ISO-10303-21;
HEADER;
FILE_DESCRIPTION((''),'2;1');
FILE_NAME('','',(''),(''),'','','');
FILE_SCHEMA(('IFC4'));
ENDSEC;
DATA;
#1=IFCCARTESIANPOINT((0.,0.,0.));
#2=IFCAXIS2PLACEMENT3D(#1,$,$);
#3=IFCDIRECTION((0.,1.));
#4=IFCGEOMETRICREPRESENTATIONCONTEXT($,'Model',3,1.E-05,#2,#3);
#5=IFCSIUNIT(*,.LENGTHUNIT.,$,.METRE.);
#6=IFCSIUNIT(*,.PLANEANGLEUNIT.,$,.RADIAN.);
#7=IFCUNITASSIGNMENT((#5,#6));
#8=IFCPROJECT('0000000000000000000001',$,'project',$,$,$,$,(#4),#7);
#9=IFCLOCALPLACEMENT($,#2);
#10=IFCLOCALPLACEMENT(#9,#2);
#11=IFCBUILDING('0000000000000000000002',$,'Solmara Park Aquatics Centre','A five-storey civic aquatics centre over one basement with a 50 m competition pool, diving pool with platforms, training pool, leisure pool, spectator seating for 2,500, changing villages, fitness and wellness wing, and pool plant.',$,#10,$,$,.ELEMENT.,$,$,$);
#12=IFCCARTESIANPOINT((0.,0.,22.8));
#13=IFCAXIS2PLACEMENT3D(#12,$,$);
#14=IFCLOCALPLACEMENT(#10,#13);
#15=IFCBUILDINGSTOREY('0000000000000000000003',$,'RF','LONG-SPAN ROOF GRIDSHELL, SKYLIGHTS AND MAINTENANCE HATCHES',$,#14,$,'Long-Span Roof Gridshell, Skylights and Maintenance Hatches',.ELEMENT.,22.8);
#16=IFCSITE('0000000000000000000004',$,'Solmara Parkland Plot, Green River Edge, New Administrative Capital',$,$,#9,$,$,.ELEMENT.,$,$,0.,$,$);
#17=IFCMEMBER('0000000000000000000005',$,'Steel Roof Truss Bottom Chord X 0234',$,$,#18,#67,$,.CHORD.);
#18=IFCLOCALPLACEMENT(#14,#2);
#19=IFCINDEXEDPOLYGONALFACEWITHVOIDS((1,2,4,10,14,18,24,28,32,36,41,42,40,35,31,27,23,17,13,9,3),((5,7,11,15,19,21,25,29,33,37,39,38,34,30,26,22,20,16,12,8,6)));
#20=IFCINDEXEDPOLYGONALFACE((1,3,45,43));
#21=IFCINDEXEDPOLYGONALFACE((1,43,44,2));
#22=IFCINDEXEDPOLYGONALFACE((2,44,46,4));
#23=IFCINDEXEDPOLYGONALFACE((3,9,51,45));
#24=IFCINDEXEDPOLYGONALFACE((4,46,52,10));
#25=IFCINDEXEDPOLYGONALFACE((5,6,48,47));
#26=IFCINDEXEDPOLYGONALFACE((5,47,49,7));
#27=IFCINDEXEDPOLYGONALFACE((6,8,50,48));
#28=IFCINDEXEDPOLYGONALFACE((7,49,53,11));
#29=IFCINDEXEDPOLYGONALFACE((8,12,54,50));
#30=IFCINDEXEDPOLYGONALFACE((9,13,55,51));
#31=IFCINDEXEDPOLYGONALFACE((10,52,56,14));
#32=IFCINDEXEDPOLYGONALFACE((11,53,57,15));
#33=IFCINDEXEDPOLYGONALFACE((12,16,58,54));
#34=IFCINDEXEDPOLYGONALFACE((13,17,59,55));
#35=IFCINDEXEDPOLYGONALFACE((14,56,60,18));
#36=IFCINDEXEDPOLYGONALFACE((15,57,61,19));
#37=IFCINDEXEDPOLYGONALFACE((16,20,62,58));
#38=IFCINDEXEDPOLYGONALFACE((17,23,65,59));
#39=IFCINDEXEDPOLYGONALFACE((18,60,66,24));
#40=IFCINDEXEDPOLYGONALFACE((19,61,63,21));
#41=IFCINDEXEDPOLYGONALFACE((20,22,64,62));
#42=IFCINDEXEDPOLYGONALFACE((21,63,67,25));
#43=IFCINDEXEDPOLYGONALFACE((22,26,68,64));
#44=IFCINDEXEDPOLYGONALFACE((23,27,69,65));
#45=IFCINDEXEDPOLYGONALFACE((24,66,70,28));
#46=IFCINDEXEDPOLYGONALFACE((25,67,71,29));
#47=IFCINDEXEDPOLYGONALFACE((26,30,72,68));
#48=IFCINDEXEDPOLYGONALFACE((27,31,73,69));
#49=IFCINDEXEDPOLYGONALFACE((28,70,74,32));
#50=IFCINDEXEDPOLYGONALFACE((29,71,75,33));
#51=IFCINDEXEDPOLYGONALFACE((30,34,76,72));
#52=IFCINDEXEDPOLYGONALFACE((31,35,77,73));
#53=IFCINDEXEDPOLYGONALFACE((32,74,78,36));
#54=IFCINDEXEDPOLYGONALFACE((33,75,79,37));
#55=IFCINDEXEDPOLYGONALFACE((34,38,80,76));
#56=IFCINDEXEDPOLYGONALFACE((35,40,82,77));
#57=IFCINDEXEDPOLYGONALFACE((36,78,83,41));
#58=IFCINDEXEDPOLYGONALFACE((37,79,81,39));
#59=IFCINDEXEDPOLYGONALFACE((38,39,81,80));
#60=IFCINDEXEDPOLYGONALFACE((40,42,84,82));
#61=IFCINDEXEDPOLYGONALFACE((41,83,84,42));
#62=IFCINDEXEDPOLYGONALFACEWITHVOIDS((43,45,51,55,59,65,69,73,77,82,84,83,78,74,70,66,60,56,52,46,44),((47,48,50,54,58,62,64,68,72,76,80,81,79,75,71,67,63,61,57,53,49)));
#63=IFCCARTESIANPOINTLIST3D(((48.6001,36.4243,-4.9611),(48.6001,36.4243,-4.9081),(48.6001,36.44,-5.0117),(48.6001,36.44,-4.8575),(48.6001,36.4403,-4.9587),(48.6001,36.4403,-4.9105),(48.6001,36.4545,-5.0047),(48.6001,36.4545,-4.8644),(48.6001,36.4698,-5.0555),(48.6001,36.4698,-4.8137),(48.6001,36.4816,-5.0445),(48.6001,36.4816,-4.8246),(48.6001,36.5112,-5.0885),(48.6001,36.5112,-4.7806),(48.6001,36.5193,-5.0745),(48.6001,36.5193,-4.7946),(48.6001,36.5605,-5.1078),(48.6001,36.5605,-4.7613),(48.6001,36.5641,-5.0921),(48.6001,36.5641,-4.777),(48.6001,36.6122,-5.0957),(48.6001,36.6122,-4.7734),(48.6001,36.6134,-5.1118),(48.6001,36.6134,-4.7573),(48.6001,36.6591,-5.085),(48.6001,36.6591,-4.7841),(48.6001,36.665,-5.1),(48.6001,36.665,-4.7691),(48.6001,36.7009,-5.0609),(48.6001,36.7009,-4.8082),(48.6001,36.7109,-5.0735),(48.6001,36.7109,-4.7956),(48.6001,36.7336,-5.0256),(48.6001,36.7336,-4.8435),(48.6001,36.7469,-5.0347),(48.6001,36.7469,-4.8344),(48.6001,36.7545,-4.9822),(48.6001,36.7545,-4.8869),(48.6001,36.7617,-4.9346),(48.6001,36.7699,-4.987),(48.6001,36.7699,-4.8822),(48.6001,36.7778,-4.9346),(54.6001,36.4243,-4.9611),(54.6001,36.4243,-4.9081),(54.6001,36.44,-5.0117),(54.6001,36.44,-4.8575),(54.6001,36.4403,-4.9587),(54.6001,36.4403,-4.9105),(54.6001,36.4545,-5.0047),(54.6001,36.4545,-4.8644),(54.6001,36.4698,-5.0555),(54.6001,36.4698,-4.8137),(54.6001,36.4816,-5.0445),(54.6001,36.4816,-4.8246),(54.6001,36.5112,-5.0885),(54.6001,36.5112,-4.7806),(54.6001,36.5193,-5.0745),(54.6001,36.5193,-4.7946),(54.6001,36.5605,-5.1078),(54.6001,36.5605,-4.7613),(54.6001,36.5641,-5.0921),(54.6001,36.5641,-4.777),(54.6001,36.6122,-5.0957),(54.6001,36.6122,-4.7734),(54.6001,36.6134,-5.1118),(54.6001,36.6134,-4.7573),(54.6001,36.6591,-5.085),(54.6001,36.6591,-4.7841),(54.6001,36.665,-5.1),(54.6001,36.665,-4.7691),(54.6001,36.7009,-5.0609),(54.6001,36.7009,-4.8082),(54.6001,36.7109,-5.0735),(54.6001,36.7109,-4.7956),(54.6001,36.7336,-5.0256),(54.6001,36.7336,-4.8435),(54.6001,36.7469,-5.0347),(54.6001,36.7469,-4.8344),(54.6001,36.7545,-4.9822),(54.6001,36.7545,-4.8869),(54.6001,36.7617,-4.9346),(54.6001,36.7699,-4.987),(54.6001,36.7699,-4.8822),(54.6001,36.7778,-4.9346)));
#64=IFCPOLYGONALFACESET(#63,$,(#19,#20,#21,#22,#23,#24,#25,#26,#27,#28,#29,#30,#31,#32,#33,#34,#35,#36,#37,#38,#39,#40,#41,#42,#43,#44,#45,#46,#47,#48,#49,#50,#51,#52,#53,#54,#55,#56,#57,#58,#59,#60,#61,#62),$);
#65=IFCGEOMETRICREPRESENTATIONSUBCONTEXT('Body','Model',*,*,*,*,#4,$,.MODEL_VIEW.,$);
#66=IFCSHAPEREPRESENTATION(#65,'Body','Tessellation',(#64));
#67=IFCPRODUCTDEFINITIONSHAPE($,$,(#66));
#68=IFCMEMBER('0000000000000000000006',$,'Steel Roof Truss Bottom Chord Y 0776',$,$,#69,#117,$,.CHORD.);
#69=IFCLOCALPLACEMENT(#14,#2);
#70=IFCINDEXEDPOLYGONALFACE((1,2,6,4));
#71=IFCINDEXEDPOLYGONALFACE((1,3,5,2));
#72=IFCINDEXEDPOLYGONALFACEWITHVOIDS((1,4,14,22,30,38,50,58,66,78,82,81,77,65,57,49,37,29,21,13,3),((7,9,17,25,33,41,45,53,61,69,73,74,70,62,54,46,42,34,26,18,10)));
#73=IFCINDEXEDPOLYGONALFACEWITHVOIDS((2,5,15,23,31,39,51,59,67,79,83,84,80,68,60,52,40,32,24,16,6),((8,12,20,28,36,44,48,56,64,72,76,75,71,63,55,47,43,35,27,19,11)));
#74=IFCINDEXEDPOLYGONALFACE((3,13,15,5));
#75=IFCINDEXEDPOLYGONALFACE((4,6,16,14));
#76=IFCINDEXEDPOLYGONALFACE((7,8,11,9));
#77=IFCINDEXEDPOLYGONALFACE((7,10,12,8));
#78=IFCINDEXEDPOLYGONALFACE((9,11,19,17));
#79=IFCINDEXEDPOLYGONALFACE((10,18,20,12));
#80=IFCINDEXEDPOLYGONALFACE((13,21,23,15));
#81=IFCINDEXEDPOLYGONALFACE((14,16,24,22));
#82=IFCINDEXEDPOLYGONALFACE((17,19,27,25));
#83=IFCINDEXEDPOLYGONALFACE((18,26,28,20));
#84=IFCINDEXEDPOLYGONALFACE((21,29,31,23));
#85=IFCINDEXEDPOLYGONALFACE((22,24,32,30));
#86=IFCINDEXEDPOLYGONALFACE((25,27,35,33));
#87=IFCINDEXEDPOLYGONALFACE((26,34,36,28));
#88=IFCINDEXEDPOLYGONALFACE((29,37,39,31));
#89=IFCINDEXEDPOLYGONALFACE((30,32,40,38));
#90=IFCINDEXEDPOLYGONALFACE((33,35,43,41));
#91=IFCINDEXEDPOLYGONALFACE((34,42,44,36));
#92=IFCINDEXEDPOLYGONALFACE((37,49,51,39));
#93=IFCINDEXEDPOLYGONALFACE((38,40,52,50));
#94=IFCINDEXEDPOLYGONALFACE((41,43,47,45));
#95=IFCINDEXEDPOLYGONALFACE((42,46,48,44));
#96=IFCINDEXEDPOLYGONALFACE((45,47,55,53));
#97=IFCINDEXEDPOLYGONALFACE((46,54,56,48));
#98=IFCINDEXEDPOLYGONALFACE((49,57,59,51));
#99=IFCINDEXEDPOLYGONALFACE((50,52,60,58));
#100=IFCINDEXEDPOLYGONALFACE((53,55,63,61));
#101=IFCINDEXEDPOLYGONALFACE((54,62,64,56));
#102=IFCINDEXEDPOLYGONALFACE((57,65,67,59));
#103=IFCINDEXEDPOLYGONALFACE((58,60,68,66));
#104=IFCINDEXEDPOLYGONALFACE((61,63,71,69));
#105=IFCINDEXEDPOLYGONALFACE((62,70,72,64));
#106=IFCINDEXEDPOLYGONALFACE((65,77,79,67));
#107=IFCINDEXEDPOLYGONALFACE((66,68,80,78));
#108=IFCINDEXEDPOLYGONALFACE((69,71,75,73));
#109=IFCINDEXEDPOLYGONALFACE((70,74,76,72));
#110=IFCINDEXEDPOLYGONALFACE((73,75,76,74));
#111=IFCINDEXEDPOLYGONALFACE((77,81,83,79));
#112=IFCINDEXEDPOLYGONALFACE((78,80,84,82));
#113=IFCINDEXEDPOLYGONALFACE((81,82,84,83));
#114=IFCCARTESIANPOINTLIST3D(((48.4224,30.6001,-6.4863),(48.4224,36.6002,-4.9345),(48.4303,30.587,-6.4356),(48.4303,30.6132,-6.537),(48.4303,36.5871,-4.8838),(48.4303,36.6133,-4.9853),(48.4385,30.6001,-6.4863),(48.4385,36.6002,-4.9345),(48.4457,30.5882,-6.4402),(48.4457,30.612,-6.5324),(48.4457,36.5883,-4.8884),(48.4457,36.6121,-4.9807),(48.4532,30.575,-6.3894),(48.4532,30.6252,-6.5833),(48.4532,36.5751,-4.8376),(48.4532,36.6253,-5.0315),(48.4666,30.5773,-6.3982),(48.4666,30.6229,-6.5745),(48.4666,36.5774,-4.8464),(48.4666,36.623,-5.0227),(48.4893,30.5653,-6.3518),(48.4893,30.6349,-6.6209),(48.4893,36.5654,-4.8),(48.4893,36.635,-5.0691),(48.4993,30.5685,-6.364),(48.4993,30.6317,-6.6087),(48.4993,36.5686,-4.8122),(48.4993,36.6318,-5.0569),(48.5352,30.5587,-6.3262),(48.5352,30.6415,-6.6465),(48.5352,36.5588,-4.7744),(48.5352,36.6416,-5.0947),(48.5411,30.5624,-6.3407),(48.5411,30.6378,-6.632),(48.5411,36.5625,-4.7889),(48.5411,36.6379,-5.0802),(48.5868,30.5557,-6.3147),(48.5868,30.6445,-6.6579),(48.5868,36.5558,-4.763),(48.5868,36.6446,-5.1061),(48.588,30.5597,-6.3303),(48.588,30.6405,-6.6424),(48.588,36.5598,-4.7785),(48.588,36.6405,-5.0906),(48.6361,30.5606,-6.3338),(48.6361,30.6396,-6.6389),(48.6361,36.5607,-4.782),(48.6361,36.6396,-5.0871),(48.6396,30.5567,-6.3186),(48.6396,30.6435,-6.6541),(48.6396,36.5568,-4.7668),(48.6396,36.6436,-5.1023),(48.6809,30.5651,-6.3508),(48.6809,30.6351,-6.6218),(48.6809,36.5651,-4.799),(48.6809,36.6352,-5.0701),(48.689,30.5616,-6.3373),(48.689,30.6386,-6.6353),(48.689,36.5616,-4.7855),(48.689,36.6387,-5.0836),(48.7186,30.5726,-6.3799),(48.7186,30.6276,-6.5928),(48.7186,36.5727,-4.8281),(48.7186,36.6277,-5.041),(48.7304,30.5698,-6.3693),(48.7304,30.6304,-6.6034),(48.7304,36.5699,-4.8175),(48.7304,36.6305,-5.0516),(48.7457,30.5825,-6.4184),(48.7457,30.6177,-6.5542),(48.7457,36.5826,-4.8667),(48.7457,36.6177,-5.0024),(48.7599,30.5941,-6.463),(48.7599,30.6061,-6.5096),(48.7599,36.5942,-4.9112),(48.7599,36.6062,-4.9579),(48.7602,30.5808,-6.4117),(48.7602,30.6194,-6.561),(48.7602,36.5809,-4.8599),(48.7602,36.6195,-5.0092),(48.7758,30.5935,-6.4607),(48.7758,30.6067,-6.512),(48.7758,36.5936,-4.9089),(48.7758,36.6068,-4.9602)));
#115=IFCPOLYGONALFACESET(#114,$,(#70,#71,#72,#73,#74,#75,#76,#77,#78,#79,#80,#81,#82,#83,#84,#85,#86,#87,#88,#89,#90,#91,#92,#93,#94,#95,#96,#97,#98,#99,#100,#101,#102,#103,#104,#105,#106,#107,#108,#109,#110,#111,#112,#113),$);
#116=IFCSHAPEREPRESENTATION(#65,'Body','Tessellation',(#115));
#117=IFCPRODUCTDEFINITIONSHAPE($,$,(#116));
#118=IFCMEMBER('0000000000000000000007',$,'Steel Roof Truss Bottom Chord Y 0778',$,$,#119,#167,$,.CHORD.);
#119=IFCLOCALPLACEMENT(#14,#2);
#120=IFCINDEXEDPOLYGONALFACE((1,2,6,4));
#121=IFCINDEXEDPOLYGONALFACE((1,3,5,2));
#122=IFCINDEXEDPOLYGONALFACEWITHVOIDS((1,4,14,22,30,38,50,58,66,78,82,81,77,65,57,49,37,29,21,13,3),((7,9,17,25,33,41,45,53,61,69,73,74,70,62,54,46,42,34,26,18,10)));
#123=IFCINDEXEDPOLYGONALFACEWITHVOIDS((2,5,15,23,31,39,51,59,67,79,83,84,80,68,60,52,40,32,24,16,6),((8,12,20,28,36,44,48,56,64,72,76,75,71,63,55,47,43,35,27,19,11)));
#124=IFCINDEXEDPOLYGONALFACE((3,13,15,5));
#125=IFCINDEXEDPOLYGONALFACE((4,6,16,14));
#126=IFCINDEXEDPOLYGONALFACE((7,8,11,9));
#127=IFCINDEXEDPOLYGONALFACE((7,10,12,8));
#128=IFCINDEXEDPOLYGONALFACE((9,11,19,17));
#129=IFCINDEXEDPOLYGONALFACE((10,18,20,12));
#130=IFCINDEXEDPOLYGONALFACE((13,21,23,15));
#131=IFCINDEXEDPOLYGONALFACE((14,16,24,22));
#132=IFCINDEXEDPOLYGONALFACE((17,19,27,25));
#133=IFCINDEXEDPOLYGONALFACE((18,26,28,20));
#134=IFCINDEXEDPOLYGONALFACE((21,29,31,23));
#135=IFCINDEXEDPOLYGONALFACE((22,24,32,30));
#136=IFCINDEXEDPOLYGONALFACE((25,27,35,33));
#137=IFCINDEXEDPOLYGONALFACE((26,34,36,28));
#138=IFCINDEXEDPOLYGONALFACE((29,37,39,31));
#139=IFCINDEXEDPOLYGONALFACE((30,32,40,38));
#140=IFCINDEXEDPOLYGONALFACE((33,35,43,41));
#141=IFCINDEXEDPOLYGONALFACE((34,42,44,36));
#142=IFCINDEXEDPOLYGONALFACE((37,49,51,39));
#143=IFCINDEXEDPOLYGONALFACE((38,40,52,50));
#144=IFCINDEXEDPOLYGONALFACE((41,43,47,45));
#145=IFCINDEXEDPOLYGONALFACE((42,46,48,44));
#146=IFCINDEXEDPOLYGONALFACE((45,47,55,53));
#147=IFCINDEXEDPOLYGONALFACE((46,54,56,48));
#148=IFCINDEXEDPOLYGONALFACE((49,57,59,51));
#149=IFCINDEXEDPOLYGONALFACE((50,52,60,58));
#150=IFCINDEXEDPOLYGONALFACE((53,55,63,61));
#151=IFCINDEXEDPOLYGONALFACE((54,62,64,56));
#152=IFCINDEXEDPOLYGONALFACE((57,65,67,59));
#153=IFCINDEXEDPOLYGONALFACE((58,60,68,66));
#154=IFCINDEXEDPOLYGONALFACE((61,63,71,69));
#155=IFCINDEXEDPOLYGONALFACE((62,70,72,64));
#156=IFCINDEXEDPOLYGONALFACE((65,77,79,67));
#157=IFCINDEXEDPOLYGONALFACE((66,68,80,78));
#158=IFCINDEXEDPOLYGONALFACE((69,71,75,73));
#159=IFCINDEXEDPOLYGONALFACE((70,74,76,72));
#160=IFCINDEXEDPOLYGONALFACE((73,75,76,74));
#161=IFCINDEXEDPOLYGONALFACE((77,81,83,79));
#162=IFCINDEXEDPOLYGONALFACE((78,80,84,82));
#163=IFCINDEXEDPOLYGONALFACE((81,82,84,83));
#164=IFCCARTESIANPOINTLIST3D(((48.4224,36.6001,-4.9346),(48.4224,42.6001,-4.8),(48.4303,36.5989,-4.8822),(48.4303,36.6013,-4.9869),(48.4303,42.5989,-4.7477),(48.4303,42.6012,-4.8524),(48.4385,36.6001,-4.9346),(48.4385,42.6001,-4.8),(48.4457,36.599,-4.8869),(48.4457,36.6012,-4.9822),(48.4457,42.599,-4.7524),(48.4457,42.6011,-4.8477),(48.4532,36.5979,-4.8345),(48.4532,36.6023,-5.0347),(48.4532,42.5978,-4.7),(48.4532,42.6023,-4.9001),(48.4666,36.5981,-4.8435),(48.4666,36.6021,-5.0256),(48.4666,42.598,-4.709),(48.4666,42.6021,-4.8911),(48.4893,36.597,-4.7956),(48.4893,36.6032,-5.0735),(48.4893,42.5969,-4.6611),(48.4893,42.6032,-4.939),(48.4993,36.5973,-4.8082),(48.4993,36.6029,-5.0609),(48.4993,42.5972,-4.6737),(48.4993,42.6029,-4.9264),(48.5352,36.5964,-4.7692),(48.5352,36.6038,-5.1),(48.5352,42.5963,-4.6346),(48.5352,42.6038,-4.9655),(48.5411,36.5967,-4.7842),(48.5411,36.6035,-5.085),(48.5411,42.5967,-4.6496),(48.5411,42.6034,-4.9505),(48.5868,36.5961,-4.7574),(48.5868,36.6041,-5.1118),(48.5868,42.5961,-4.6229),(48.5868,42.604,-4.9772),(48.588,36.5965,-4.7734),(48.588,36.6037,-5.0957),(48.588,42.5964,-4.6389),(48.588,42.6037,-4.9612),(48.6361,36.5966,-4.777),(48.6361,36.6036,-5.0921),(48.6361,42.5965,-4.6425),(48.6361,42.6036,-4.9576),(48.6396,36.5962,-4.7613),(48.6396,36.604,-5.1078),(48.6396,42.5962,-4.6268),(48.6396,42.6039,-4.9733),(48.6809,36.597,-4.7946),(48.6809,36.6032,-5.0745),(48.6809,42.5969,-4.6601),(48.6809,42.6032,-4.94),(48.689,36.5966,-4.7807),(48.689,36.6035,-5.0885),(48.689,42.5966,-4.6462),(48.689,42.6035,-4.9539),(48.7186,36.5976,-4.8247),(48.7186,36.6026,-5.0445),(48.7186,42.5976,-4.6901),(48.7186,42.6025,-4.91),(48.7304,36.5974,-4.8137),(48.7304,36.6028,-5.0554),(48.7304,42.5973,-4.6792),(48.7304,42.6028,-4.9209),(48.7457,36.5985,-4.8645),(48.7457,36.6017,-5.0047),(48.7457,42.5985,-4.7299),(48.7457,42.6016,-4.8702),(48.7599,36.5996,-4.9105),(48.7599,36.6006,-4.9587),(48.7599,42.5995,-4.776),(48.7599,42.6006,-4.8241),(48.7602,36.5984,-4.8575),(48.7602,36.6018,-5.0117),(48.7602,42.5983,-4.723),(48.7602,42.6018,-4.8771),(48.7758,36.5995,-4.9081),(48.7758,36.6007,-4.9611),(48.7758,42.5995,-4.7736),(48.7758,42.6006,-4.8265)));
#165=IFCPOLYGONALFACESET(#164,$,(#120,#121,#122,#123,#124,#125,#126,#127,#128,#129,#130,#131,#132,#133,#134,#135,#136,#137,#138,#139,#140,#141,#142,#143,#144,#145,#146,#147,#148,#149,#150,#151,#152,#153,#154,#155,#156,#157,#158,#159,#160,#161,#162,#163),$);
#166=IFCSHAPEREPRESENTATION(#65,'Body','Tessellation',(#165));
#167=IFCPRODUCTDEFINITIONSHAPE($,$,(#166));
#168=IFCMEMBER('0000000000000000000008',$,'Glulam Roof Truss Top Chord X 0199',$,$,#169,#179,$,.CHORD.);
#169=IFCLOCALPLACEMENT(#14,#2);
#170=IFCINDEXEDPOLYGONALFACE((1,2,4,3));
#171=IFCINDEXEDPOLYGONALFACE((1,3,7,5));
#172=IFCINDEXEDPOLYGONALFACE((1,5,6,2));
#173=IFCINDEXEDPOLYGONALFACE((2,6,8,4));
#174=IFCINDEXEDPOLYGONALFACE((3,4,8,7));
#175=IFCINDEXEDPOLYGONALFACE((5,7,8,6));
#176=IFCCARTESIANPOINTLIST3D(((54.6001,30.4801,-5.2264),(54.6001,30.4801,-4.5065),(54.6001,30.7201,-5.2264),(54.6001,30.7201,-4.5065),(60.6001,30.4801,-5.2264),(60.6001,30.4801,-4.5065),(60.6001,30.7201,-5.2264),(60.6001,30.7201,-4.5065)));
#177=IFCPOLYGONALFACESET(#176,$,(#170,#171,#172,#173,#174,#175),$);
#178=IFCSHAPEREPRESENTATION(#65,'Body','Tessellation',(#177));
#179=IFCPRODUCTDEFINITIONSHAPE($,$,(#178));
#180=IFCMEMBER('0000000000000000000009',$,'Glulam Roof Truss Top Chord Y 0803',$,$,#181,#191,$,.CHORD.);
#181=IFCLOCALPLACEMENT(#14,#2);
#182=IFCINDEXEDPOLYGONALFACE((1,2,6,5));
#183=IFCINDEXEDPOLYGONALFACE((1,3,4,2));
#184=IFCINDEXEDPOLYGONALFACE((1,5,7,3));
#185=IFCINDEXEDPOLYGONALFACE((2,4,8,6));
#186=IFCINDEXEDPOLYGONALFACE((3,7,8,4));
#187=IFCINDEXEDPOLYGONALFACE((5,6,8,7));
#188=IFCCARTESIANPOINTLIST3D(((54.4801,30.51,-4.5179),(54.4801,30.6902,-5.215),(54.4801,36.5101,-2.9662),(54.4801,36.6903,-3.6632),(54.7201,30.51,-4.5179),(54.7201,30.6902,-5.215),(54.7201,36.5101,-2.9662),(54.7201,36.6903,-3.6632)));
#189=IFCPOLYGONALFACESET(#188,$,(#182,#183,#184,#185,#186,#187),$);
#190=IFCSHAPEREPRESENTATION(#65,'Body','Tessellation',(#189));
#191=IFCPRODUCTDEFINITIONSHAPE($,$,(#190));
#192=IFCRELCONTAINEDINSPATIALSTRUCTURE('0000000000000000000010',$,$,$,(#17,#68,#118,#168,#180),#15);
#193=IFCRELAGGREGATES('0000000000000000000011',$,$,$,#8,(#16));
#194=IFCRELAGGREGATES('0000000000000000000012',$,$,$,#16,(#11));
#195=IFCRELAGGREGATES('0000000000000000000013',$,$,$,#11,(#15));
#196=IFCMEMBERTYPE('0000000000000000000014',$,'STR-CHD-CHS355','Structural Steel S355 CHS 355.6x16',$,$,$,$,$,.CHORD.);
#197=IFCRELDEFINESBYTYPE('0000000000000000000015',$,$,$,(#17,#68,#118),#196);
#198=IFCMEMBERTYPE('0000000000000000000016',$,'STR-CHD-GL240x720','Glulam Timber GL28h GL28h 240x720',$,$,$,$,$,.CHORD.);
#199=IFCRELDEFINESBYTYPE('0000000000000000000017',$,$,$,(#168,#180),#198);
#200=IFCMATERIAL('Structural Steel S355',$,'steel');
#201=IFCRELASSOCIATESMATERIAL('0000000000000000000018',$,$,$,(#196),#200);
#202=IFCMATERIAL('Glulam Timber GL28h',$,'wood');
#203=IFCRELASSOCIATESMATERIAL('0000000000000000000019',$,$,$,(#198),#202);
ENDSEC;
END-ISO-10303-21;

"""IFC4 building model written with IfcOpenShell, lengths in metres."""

from ifc_helpers import new_model, si_unit, direction, frame, origin, origin_2d, place, context, subcontext, project, spatial, rectangle, hollow_circle, extrude, material, material_profile, profile_set, type_object, element, save


model = new_model("IFC4")

# Units and contexts
model_context = context("Model", 3, precision=1e-05, world=origin(), true_north=direction((0.0, 1.0)))
body_context = subcontext(model_context, "Body", "Model", "MODEL_VIEW")
ifc_project = project(units=[si_unit("LENGTHUNIT", "METRE"), si_unit("PLANEANGLEUNIT", "RADIAN")], contexts=[model_context])

# Site, building, storey
site_placement = place(None, origin())
site = spatial("IfcSite", under=ifc_project, at=site_placement, Name="Solmara Parkland Plot, Green River Edge, New Administrative Capital", CompositionType="ELEMENT", RefElevation=0.0)
building_placement = place(site_placement, origin())
building = spatial("IfcBuilding", under=site, at=building_placement, Name="Solmara Park Aquatics Centre", Description="A five-storey civic aquatics centre over one basement with a 50 m competition pool, diving pool with platforms, training pool, leisure pool, spectator seating for 2,500, changing villages, fitness and wellness wing, and pool plant.", CompositionType="ELEMENT")
storey_placement = place(building_placement, frame((0.0, 0.0, 22.8)))
storey = spatial("IfcBuildingStorey", under=building, at=storey_placement, Name="RF", Description="LONG-SPAN ROOF GRIDSHELL, SKYLIGHTS AND MAINTENANCE HATCHES", LongName="Long-Span Roof Gridshell, Skylights and Maintenance Hatches", CompositionType="ELEMENT", Elevation=22.8)

# Members
ifc_material_1 = material(Name="Structural Steel S355", Category="steel")
ifc_material_profile_1 = material_profile(ifc_material_1, hollow_circle(Radius=0.1777, WallThickness=0.0161, at=origin_2d()), Name="CHS 355.6x16")
ifc_profile_set_1 = profile_set([ifc_material_profile_1], Name="Structural Steel S355")
member_type_1 = type_object("IfcMemberType", Name="STR-CHD-CHS355", Description="Structural Steel S355 CHS 355.6x16", PredefinedType="CHORD", material=ifc_profile_set_1)
member_1_placement = place(storey_placement, frame((48.6001, 36.6001, -4.9346), z_axis=(1.0, 0.0, 0.0), x_axis=(0.0, 1.0, 0.0)))
element("IfcMember", 1, at=member_1_placement, inside=storey, type_object=member_type_1, Name="Steel Roof Truss Bottom Chord X 0234", PredefinedType="CHORD", context=body_context, shape_type="SweptSolid", body=[
    extrude(hollow_circle(Radius=0.1777, WallThickness=0.0161, at=origin_2d()), origin(), (0.0, 0.0, 1.0), 6.0),
])
member_2_placement = place(storey_placement, frame((48.6001, 30.6001, -6.4863), z_axis=(0.0, 0.968146, 0.250388), x_axis=(-1.0, 0.0, 0.0)))
element("IfcMember", 2, at=member_2_placement, inside=storey, type_object=member_type_1, Name="Steel Roof Truss Bottom Chord Y 0776", PredefinedType="CHORD", context=body_context, shape_type="SweptSolid", body=[
    extrude(hollow_circle(Radius=0.1777, WallThickness=0.0161, at=origin_2d()), origin(), (0.0, 0.0, 1.0), 6.1975),
])
member_3_placement = place(storey_placement, frame((48.6001, 36.6001, -4.9346), z_axis=(0.0, 0.999749, 0.022415), x_axis=(-1.0, 0.0, 0.0)))
element("IfcMember", 3, at=member_3_placement, inside=storey, type_object=member_type_1, Name="Steel Roof Truss Bottom Chord Y 0778", PredefinedType="CHORD", context=body_context, shape_type="SweptSolid", body=[
    extrude(hollow_circle(Radius=0.1777, WallThickness=0.0161, at=origin_2d()), origin(), (0.0, 0.0, 1.0), 6.0015),
])
ifc_material_2 = material(Name="Glulam Timber GL28h", Category="wood")
ifc_material_profile_2 = material_profile(ifc_material_2, rectangle(XDim=0.24, YDim=0.72, at=origin_2d()), Name="GL28h 240x720")
ifc_profile_set_2 = profile_set([ifc_material_profile_2], Name="Glulam Timber GL28h")
member_type_2 = type_object("IfcMemberType", Name="STR-CHD-GL240x720", Description="Glulam Timber GL28h GL28h 240x720", PredefinedType="CHORD", material=ifc_profile_set_2)
member_4_placement = place(storey_placement, frame((54.6001, 30.6001, -4.8665), z_axis=(1.0, 0.0, 0.0), x_axis=(0.0, 1.0, 0.0)))
element("IfcMember", 4, at=member_4_placement, inside=storey, type_object=member_type_2, Name="Glulam Roof Truss Top Chord X 0199", PredefinedType="CHORD", context=body_context, shape_type="SweptSolid", body=[
    extrude(rectangle(XDim=0.24, YDim=0.72, at=origin_2d()), origin(), (0.0, 0.0, 1.0), 6.0),
])
member_5_placement = place(storey_placement, frame((54.6001, 30.6001, -4.8665), z_axis=(0.0, 0.968146, 0.250388), x_axis=(-1.0, 0.0, 0.0)))
element("IfcMember", 5, at=member_5_placement, inside=storey, type_object=member_type_2, Name="Glulam Roof Truss Top Chord Y 0803", PredefinedType="CHORD", context=body_context, shape_type="SweptSolid", body=[
    extrude(rectangle(XDim=0.24, YDim=0.72, at=origin_2d()), origin(), (0.0, 0.0, 1.0), 6.1975),
])

save(model, "model.ifc")
